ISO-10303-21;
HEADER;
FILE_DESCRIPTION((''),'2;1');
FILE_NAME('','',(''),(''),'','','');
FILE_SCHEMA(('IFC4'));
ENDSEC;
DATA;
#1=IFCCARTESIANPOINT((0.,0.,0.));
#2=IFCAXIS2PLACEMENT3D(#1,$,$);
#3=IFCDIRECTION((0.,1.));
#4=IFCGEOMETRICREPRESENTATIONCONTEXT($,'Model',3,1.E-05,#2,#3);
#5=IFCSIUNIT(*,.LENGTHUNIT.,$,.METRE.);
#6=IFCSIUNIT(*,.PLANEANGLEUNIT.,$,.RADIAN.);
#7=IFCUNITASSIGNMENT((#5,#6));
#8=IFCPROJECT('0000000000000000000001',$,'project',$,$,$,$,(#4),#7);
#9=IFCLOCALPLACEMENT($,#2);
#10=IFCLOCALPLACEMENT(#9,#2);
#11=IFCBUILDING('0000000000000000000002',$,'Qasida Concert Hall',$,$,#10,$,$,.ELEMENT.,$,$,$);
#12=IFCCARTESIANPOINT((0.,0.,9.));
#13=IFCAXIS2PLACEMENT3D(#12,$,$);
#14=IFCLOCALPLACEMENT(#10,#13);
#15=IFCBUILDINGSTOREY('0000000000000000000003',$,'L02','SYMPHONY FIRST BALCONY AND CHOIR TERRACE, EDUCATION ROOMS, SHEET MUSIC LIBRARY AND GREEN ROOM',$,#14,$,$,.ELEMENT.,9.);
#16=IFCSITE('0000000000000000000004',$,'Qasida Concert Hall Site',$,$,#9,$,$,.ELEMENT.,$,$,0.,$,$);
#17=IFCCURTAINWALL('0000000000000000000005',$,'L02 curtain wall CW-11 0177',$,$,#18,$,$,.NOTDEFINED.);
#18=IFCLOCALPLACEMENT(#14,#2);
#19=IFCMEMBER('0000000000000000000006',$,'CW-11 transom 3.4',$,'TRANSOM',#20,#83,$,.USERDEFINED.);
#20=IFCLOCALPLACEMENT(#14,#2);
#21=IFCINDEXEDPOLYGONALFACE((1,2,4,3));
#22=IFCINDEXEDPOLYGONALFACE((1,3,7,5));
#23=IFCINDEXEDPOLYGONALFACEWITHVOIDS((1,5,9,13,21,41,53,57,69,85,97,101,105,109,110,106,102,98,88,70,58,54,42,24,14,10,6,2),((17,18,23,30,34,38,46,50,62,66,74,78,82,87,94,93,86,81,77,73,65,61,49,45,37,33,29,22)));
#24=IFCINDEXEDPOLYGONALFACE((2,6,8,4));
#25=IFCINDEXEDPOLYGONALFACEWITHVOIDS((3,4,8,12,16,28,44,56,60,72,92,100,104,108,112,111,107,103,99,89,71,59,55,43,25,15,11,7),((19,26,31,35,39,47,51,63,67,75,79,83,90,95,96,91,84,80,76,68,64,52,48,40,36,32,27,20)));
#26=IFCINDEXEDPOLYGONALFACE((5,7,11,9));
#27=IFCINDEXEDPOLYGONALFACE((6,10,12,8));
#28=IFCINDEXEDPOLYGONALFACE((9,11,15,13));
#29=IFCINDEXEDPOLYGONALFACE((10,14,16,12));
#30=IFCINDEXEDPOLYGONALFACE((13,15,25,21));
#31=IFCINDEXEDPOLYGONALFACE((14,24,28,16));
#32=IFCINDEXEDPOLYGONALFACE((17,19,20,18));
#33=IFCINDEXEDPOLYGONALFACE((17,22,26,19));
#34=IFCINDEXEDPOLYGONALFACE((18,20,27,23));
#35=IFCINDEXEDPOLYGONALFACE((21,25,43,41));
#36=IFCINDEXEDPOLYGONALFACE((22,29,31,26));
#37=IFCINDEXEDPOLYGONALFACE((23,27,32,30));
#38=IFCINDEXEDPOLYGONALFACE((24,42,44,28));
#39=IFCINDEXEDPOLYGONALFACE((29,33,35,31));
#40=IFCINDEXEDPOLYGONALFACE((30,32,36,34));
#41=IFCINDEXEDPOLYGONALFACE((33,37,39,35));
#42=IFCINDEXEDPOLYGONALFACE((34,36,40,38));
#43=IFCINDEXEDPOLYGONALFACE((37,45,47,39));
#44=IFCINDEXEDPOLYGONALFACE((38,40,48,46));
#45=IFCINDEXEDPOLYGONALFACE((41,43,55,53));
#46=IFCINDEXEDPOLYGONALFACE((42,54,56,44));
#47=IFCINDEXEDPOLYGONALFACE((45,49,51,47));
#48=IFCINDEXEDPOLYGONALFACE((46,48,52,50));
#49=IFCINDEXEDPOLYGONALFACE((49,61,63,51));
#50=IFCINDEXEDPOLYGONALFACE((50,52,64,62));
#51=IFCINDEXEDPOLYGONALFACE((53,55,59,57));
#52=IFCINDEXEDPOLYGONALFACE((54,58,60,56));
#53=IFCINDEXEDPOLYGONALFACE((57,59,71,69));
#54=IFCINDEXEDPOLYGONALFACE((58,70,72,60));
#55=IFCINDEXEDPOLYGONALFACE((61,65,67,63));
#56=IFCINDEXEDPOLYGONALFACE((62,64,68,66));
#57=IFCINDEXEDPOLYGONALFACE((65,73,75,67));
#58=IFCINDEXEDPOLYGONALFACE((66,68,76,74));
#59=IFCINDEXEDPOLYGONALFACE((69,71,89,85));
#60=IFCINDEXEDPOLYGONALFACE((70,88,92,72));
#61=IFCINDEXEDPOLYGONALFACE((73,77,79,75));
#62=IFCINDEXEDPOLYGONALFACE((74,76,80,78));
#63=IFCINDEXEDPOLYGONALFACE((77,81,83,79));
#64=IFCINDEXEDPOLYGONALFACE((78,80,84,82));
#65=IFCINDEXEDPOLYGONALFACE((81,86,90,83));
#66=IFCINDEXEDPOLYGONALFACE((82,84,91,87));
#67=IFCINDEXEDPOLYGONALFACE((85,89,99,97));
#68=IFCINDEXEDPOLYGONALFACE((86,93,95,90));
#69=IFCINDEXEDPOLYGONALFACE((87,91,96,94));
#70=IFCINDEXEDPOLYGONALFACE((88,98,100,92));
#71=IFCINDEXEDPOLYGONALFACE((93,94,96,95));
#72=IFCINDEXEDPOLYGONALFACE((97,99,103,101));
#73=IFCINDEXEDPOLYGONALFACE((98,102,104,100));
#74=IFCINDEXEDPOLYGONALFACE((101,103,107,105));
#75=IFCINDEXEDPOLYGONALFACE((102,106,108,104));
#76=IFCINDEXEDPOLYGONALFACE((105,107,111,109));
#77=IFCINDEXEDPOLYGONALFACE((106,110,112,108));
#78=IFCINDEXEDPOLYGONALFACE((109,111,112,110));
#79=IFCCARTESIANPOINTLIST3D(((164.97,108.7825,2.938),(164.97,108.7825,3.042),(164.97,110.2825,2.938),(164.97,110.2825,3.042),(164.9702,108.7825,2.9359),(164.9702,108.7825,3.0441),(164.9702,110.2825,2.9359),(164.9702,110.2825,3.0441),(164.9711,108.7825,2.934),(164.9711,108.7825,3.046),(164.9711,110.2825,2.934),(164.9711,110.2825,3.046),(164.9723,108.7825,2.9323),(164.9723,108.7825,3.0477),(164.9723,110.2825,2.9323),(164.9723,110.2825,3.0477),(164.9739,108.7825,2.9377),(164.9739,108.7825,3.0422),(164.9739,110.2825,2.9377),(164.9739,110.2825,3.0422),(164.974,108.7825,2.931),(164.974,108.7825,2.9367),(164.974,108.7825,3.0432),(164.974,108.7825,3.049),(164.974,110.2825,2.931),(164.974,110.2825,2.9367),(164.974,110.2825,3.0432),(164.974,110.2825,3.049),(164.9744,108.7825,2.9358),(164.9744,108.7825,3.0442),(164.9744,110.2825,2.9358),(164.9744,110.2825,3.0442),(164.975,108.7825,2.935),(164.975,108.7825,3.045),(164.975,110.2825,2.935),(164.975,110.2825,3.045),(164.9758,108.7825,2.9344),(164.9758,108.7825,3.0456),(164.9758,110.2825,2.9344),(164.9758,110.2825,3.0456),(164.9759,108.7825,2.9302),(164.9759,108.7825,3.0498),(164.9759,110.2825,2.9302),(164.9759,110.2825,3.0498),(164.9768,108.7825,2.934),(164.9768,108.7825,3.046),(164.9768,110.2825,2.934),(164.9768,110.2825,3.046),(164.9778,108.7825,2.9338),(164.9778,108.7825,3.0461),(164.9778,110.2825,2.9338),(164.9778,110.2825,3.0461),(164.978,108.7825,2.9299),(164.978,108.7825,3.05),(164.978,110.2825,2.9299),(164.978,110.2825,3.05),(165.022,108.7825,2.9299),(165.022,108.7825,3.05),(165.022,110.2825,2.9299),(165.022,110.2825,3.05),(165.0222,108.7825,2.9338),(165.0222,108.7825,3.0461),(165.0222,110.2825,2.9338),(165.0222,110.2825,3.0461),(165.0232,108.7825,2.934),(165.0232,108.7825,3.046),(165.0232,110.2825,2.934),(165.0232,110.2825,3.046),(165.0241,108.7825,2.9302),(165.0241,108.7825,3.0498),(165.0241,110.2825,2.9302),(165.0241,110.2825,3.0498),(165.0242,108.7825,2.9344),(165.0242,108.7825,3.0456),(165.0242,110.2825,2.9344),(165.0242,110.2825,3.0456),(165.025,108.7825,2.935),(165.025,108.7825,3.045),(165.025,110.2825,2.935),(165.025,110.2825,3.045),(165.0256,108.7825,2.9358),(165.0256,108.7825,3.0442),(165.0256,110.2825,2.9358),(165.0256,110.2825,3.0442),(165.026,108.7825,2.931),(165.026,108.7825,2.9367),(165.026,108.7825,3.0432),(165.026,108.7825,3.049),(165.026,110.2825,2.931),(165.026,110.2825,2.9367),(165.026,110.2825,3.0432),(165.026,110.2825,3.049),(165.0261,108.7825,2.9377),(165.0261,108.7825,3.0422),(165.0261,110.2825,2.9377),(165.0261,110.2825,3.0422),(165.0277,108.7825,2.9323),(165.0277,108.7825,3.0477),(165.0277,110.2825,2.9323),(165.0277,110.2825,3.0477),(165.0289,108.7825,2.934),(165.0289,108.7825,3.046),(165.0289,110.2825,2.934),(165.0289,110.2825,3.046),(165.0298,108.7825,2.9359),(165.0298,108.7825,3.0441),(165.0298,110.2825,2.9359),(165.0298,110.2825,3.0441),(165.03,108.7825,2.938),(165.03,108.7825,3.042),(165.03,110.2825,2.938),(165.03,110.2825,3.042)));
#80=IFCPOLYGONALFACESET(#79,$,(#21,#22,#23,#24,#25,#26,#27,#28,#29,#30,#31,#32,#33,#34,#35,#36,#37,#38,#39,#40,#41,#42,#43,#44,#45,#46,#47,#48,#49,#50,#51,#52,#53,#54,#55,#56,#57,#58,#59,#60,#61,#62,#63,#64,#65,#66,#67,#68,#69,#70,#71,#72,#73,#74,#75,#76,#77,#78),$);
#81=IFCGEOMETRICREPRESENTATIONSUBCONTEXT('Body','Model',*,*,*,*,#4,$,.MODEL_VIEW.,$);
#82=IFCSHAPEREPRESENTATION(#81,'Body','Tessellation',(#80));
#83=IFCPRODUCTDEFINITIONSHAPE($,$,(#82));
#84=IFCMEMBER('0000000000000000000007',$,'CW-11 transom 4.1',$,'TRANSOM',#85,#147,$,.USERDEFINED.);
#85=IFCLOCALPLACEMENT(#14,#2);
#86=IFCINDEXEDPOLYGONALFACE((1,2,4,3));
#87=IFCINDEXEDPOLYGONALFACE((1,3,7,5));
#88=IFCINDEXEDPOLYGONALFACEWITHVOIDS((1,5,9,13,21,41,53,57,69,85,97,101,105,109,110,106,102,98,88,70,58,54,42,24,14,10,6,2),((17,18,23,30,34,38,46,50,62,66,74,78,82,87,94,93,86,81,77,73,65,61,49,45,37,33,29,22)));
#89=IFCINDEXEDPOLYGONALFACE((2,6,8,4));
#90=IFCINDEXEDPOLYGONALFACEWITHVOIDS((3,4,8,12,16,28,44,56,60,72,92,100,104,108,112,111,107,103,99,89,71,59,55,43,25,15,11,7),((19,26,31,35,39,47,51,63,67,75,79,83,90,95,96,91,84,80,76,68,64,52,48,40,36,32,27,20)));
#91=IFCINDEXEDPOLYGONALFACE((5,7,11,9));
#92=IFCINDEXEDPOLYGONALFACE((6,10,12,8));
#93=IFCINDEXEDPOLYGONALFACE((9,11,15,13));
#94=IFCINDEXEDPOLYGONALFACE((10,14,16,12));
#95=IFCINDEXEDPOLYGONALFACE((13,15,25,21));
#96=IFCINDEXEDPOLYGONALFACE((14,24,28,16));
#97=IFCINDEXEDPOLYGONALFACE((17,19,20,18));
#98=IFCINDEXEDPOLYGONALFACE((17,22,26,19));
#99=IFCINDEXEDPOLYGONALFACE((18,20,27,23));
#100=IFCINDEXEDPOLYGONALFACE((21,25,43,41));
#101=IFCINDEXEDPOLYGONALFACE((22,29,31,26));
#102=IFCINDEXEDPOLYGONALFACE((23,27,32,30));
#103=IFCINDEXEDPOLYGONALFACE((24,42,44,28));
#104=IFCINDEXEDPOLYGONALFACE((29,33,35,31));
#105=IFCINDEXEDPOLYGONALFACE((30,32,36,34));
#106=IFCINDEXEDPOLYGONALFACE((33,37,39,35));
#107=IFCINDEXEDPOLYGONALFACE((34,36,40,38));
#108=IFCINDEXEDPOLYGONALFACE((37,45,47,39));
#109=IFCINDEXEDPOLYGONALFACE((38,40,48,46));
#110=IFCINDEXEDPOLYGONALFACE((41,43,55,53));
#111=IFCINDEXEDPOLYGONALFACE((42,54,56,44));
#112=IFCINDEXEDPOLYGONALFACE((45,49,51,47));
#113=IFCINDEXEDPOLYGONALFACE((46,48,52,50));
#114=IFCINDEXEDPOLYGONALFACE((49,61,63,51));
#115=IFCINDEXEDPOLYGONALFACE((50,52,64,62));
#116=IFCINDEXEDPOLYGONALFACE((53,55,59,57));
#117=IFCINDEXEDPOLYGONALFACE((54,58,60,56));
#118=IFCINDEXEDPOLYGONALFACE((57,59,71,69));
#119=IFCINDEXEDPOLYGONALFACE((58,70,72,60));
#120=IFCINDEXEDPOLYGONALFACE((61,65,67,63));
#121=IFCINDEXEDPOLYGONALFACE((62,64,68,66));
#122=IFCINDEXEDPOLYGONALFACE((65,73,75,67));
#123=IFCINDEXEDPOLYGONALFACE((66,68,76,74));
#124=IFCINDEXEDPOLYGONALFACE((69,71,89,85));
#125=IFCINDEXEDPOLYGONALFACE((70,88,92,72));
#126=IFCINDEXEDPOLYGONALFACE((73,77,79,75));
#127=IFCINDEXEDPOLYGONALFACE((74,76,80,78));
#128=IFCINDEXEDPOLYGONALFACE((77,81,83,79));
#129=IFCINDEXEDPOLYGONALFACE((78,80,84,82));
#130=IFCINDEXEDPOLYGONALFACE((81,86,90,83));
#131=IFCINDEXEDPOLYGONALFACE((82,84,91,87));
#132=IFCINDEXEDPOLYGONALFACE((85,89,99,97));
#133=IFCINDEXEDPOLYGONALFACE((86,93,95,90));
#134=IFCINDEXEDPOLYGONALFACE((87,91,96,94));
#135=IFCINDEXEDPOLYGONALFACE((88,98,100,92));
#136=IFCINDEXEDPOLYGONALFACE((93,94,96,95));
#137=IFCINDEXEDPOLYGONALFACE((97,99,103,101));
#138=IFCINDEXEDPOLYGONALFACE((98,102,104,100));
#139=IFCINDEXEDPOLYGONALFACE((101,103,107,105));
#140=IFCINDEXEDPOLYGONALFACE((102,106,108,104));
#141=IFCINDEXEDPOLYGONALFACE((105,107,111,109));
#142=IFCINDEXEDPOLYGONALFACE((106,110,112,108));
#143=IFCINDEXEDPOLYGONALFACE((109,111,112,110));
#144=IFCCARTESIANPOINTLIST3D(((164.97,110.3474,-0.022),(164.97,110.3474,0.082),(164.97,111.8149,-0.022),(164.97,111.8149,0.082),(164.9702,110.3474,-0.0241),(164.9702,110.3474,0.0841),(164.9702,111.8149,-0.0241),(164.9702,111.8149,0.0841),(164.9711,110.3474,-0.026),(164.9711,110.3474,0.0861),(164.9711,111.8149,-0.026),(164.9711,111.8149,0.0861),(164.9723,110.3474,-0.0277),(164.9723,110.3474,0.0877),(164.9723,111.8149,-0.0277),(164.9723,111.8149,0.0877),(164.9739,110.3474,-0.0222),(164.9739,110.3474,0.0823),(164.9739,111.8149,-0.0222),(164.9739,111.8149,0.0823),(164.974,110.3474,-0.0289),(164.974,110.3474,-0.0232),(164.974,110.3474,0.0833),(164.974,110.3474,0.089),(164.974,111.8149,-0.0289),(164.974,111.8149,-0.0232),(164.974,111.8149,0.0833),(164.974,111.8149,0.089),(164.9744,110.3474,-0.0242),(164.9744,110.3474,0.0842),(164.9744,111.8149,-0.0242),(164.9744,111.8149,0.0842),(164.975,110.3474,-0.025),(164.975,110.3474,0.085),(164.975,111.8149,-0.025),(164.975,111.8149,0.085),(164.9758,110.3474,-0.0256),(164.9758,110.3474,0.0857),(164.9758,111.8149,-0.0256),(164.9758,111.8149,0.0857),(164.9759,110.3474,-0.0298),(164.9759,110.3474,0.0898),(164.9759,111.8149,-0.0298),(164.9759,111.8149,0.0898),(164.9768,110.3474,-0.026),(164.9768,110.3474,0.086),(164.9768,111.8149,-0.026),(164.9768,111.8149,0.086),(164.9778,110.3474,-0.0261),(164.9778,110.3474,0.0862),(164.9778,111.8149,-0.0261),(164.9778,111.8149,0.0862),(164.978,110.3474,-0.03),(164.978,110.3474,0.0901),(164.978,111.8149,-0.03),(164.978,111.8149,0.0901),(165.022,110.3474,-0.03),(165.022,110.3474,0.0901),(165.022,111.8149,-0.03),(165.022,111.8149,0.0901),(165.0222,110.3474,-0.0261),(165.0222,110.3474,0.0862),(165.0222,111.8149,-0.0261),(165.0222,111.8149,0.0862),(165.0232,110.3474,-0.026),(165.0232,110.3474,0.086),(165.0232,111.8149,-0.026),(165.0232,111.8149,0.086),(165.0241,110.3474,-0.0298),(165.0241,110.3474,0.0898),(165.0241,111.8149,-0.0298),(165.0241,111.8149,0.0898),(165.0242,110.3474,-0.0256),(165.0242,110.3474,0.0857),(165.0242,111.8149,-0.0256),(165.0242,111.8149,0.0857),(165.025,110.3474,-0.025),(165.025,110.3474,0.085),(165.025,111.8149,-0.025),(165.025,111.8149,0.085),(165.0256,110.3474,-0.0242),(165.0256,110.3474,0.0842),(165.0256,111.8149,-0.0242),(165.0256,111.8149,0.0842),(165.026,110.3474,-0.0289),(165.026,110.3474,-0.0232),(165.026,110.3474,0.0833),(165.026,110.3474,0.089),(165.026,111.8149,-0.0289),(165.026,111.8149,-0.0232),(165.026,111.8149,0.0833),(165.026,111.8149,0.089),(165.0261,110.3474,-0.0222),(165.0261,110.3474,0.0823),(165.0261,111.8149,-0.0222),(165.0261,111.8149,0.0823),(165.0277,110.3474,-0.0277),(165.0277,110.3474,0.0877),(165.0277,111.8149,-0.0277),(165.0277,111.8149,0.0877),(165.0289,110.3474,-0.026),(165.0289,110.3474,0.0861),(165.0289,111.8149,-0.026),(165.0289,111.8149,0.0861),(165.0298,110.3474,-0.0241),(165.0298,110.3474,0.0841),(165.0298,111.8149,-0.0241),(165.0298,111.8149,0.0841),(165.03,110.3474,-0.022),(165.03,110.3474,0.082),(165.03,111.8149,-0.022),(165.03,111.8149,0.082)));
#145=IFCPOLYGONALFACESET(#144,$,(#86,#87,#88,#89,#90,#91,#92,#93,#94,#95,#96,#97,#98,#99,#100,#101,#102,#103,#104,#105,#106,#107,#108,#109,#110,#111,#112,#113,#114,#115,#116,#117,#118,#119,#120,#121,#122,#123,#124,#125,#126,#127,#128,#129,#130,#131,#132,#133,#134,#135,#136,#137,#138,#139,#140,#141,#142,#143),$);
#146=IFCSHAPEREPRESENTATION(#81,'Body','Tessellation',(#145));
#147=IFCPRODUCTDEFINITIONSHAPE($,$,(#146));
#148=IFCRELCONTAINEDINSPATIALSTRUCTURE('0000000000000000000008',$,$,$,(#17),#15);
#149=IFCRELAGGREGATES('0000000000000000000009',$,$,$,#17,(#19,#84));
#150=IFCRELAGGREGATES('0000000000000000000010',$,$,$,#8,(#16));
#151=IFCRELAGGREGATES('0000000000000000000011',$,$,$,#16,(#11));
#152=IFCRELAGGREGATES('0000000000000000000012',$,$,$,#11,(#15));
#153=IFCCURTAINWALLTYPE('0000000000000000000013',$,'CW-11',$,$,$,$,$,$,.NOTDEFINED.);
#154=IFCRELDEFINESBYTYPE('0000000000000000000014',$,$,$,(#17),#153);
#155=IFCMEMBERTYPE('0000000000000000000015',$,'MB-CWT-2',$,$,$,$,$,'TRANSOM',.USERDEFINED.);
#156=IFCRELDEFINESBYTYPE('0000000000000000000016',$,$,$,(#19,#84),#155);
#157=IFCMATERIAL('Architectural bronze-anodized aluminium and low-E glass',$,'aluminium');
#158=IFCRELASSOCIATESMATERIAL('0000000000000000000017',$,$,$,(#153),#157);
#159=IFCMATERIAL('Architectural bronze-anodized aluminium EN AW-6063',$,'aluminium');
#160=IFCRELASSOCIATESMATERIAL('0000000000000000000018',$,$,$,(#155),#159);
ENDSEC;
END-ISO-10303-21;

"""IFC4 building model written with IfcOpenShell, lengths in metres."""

from ifc_helpers import new_model, si_unit, direction, frame, origin, origin_2d, place, context, subcontext, project, spatial, hollow_rectangle, extrude, material, material_profile, profile_set, type_object, element, aggregate, save


model = new_model("IFC4")

# Units and contexts
model_context = context("Model", 3, precision=1e-05, world=origin(), true_north=direction((0.0, 1.0)))
body_context = subcontext(model_context, "Body", "Model", "MODEL_VIEW")
ifc_project = project(units=[si_unit("LENGTHUNIT", "METRE"), si_unit("PLANEANGLEUNIT", "RADIAN")], contexts=[model_context])

# Site, building, storey
site_placement = place(None, origin())
site = spatial("IfcSite", under=ifc_project, at=site_placement, Name="Qasida Concert Hall Site", CompositionType="ELEMENT", RefElevation=0.0)
building_placement = place(site_placement, origin())
building = spatial("IfcBuilding", under=site, at=building_placement, Name="Qasida Concert Hall", CompositionType="ELEMENT")
storey_placement = place(building_placement, frame((0.0, 0.0, 9.0)))
storey = spatial("IfcBuildingStorey", under=building, at=storey_placement, Name="L02", Description="SYMPHONY FIRST BALCONY AND CHOIR TERRACE, EDUCATION ROOMS, SHEET MUSIC LIBRARY AND GREEN ROOM", CompositionType="ELEMENT", Elevation=9.0)

# Curtain wall, members
ifc_material_1 = material(Name="Architectural bronze-anodized aluminium and low-E glass", Category="aluminium")
curtain_wall_type = type_object("IfcCurtainWallType", Name="CW-11", PredefinedType="NOTDEFINED", material=ifc_material_1)
curtain_wall_placement = place(storey_placement, origin())
curtain_wall = element("IfcCurtainWall", 1, at=curtain_wall_placement, inside=storey, type_object=curtain_wall_type, Name="L02 curtain wall CW-11 0177", PredefinedType="NOTDEFINED")
ifc_material_2 = material(Name="Architectural bronze-anodized aluminium EN AW-6063", Category="aluminium")
ifc_material_profile_1 = material_profile(ifc_material_2, hollow_rectangle(XDim=0.0601, YDim=0.1201, WallThickness=0.0039, InnerFilletRadius=0.0039, OuterFilletRadius=0.0081, at=origin_2d()), Name="CWT 120x60x4")
ifc_profile_set_1 = profile_set([ifc_material_profile_1], Name="Architectural bronze-anodized aluminium EN AW-6063")
member_type_1 = type_object("IfcMemberType", Name="MB-CWT-2", ElementType="TRANSOM", PredefinedType="USERDEFINED", material=ifc_profile_set_1)
member_1_placement = place(storey_placement, frame((165.0, 108.7825, 2.99), z_axis=(0.0, 1.0, 0.0), x_axis=(-1.0, 0.0, 0.0)))
member_1 = element("IfcMember", 2, at=member_1_placement, type_object=member_type_1, Name="CW-11 transom 3.4", ObjectType="TRANSOM", PredefinedType="USERDEFINED", context=body_context, shape_type="SweptSolid", body=[
    extrude(hollow_rectangle(XDim=0.0601, YDim=0.1201, WallThickness=0.0039, InnerFilletRadius=0.0039, OuterFilletRadius=0.0081, at=origin_2d()), origin(), (0.0, 0.0, 1.0), 1.5),
])
member_2_placement = place(storey_placement, frame((165.0, 110.3474, 0.03), z_axis=(0.0, 1.0, 0.0), x_axis=(-1.0, 0.0, 0.0)))
member_2 = element("IfcMember", 3, at=member_2_placement, type_object=member_type_1, Name="CW-11 transom 4.1", ObjectType="TRANSOM", PredefinedType="USERDEFINED", context=body_context, shape_type="SweptSolid", body=[
    extrude(hollow_rectangle(XDim=0.0601, YDim=0.1201, WallThickness=0.0039, InnerFilletRadius=0.0039, OuterFilletRadius=0.0081, at=origin_2d()), origin(), (0.0, 0.0, 1.0), 1.4675),
])
aggregate(curtain_wall, [member_1, member_2])

save(model, "model.ifc")
